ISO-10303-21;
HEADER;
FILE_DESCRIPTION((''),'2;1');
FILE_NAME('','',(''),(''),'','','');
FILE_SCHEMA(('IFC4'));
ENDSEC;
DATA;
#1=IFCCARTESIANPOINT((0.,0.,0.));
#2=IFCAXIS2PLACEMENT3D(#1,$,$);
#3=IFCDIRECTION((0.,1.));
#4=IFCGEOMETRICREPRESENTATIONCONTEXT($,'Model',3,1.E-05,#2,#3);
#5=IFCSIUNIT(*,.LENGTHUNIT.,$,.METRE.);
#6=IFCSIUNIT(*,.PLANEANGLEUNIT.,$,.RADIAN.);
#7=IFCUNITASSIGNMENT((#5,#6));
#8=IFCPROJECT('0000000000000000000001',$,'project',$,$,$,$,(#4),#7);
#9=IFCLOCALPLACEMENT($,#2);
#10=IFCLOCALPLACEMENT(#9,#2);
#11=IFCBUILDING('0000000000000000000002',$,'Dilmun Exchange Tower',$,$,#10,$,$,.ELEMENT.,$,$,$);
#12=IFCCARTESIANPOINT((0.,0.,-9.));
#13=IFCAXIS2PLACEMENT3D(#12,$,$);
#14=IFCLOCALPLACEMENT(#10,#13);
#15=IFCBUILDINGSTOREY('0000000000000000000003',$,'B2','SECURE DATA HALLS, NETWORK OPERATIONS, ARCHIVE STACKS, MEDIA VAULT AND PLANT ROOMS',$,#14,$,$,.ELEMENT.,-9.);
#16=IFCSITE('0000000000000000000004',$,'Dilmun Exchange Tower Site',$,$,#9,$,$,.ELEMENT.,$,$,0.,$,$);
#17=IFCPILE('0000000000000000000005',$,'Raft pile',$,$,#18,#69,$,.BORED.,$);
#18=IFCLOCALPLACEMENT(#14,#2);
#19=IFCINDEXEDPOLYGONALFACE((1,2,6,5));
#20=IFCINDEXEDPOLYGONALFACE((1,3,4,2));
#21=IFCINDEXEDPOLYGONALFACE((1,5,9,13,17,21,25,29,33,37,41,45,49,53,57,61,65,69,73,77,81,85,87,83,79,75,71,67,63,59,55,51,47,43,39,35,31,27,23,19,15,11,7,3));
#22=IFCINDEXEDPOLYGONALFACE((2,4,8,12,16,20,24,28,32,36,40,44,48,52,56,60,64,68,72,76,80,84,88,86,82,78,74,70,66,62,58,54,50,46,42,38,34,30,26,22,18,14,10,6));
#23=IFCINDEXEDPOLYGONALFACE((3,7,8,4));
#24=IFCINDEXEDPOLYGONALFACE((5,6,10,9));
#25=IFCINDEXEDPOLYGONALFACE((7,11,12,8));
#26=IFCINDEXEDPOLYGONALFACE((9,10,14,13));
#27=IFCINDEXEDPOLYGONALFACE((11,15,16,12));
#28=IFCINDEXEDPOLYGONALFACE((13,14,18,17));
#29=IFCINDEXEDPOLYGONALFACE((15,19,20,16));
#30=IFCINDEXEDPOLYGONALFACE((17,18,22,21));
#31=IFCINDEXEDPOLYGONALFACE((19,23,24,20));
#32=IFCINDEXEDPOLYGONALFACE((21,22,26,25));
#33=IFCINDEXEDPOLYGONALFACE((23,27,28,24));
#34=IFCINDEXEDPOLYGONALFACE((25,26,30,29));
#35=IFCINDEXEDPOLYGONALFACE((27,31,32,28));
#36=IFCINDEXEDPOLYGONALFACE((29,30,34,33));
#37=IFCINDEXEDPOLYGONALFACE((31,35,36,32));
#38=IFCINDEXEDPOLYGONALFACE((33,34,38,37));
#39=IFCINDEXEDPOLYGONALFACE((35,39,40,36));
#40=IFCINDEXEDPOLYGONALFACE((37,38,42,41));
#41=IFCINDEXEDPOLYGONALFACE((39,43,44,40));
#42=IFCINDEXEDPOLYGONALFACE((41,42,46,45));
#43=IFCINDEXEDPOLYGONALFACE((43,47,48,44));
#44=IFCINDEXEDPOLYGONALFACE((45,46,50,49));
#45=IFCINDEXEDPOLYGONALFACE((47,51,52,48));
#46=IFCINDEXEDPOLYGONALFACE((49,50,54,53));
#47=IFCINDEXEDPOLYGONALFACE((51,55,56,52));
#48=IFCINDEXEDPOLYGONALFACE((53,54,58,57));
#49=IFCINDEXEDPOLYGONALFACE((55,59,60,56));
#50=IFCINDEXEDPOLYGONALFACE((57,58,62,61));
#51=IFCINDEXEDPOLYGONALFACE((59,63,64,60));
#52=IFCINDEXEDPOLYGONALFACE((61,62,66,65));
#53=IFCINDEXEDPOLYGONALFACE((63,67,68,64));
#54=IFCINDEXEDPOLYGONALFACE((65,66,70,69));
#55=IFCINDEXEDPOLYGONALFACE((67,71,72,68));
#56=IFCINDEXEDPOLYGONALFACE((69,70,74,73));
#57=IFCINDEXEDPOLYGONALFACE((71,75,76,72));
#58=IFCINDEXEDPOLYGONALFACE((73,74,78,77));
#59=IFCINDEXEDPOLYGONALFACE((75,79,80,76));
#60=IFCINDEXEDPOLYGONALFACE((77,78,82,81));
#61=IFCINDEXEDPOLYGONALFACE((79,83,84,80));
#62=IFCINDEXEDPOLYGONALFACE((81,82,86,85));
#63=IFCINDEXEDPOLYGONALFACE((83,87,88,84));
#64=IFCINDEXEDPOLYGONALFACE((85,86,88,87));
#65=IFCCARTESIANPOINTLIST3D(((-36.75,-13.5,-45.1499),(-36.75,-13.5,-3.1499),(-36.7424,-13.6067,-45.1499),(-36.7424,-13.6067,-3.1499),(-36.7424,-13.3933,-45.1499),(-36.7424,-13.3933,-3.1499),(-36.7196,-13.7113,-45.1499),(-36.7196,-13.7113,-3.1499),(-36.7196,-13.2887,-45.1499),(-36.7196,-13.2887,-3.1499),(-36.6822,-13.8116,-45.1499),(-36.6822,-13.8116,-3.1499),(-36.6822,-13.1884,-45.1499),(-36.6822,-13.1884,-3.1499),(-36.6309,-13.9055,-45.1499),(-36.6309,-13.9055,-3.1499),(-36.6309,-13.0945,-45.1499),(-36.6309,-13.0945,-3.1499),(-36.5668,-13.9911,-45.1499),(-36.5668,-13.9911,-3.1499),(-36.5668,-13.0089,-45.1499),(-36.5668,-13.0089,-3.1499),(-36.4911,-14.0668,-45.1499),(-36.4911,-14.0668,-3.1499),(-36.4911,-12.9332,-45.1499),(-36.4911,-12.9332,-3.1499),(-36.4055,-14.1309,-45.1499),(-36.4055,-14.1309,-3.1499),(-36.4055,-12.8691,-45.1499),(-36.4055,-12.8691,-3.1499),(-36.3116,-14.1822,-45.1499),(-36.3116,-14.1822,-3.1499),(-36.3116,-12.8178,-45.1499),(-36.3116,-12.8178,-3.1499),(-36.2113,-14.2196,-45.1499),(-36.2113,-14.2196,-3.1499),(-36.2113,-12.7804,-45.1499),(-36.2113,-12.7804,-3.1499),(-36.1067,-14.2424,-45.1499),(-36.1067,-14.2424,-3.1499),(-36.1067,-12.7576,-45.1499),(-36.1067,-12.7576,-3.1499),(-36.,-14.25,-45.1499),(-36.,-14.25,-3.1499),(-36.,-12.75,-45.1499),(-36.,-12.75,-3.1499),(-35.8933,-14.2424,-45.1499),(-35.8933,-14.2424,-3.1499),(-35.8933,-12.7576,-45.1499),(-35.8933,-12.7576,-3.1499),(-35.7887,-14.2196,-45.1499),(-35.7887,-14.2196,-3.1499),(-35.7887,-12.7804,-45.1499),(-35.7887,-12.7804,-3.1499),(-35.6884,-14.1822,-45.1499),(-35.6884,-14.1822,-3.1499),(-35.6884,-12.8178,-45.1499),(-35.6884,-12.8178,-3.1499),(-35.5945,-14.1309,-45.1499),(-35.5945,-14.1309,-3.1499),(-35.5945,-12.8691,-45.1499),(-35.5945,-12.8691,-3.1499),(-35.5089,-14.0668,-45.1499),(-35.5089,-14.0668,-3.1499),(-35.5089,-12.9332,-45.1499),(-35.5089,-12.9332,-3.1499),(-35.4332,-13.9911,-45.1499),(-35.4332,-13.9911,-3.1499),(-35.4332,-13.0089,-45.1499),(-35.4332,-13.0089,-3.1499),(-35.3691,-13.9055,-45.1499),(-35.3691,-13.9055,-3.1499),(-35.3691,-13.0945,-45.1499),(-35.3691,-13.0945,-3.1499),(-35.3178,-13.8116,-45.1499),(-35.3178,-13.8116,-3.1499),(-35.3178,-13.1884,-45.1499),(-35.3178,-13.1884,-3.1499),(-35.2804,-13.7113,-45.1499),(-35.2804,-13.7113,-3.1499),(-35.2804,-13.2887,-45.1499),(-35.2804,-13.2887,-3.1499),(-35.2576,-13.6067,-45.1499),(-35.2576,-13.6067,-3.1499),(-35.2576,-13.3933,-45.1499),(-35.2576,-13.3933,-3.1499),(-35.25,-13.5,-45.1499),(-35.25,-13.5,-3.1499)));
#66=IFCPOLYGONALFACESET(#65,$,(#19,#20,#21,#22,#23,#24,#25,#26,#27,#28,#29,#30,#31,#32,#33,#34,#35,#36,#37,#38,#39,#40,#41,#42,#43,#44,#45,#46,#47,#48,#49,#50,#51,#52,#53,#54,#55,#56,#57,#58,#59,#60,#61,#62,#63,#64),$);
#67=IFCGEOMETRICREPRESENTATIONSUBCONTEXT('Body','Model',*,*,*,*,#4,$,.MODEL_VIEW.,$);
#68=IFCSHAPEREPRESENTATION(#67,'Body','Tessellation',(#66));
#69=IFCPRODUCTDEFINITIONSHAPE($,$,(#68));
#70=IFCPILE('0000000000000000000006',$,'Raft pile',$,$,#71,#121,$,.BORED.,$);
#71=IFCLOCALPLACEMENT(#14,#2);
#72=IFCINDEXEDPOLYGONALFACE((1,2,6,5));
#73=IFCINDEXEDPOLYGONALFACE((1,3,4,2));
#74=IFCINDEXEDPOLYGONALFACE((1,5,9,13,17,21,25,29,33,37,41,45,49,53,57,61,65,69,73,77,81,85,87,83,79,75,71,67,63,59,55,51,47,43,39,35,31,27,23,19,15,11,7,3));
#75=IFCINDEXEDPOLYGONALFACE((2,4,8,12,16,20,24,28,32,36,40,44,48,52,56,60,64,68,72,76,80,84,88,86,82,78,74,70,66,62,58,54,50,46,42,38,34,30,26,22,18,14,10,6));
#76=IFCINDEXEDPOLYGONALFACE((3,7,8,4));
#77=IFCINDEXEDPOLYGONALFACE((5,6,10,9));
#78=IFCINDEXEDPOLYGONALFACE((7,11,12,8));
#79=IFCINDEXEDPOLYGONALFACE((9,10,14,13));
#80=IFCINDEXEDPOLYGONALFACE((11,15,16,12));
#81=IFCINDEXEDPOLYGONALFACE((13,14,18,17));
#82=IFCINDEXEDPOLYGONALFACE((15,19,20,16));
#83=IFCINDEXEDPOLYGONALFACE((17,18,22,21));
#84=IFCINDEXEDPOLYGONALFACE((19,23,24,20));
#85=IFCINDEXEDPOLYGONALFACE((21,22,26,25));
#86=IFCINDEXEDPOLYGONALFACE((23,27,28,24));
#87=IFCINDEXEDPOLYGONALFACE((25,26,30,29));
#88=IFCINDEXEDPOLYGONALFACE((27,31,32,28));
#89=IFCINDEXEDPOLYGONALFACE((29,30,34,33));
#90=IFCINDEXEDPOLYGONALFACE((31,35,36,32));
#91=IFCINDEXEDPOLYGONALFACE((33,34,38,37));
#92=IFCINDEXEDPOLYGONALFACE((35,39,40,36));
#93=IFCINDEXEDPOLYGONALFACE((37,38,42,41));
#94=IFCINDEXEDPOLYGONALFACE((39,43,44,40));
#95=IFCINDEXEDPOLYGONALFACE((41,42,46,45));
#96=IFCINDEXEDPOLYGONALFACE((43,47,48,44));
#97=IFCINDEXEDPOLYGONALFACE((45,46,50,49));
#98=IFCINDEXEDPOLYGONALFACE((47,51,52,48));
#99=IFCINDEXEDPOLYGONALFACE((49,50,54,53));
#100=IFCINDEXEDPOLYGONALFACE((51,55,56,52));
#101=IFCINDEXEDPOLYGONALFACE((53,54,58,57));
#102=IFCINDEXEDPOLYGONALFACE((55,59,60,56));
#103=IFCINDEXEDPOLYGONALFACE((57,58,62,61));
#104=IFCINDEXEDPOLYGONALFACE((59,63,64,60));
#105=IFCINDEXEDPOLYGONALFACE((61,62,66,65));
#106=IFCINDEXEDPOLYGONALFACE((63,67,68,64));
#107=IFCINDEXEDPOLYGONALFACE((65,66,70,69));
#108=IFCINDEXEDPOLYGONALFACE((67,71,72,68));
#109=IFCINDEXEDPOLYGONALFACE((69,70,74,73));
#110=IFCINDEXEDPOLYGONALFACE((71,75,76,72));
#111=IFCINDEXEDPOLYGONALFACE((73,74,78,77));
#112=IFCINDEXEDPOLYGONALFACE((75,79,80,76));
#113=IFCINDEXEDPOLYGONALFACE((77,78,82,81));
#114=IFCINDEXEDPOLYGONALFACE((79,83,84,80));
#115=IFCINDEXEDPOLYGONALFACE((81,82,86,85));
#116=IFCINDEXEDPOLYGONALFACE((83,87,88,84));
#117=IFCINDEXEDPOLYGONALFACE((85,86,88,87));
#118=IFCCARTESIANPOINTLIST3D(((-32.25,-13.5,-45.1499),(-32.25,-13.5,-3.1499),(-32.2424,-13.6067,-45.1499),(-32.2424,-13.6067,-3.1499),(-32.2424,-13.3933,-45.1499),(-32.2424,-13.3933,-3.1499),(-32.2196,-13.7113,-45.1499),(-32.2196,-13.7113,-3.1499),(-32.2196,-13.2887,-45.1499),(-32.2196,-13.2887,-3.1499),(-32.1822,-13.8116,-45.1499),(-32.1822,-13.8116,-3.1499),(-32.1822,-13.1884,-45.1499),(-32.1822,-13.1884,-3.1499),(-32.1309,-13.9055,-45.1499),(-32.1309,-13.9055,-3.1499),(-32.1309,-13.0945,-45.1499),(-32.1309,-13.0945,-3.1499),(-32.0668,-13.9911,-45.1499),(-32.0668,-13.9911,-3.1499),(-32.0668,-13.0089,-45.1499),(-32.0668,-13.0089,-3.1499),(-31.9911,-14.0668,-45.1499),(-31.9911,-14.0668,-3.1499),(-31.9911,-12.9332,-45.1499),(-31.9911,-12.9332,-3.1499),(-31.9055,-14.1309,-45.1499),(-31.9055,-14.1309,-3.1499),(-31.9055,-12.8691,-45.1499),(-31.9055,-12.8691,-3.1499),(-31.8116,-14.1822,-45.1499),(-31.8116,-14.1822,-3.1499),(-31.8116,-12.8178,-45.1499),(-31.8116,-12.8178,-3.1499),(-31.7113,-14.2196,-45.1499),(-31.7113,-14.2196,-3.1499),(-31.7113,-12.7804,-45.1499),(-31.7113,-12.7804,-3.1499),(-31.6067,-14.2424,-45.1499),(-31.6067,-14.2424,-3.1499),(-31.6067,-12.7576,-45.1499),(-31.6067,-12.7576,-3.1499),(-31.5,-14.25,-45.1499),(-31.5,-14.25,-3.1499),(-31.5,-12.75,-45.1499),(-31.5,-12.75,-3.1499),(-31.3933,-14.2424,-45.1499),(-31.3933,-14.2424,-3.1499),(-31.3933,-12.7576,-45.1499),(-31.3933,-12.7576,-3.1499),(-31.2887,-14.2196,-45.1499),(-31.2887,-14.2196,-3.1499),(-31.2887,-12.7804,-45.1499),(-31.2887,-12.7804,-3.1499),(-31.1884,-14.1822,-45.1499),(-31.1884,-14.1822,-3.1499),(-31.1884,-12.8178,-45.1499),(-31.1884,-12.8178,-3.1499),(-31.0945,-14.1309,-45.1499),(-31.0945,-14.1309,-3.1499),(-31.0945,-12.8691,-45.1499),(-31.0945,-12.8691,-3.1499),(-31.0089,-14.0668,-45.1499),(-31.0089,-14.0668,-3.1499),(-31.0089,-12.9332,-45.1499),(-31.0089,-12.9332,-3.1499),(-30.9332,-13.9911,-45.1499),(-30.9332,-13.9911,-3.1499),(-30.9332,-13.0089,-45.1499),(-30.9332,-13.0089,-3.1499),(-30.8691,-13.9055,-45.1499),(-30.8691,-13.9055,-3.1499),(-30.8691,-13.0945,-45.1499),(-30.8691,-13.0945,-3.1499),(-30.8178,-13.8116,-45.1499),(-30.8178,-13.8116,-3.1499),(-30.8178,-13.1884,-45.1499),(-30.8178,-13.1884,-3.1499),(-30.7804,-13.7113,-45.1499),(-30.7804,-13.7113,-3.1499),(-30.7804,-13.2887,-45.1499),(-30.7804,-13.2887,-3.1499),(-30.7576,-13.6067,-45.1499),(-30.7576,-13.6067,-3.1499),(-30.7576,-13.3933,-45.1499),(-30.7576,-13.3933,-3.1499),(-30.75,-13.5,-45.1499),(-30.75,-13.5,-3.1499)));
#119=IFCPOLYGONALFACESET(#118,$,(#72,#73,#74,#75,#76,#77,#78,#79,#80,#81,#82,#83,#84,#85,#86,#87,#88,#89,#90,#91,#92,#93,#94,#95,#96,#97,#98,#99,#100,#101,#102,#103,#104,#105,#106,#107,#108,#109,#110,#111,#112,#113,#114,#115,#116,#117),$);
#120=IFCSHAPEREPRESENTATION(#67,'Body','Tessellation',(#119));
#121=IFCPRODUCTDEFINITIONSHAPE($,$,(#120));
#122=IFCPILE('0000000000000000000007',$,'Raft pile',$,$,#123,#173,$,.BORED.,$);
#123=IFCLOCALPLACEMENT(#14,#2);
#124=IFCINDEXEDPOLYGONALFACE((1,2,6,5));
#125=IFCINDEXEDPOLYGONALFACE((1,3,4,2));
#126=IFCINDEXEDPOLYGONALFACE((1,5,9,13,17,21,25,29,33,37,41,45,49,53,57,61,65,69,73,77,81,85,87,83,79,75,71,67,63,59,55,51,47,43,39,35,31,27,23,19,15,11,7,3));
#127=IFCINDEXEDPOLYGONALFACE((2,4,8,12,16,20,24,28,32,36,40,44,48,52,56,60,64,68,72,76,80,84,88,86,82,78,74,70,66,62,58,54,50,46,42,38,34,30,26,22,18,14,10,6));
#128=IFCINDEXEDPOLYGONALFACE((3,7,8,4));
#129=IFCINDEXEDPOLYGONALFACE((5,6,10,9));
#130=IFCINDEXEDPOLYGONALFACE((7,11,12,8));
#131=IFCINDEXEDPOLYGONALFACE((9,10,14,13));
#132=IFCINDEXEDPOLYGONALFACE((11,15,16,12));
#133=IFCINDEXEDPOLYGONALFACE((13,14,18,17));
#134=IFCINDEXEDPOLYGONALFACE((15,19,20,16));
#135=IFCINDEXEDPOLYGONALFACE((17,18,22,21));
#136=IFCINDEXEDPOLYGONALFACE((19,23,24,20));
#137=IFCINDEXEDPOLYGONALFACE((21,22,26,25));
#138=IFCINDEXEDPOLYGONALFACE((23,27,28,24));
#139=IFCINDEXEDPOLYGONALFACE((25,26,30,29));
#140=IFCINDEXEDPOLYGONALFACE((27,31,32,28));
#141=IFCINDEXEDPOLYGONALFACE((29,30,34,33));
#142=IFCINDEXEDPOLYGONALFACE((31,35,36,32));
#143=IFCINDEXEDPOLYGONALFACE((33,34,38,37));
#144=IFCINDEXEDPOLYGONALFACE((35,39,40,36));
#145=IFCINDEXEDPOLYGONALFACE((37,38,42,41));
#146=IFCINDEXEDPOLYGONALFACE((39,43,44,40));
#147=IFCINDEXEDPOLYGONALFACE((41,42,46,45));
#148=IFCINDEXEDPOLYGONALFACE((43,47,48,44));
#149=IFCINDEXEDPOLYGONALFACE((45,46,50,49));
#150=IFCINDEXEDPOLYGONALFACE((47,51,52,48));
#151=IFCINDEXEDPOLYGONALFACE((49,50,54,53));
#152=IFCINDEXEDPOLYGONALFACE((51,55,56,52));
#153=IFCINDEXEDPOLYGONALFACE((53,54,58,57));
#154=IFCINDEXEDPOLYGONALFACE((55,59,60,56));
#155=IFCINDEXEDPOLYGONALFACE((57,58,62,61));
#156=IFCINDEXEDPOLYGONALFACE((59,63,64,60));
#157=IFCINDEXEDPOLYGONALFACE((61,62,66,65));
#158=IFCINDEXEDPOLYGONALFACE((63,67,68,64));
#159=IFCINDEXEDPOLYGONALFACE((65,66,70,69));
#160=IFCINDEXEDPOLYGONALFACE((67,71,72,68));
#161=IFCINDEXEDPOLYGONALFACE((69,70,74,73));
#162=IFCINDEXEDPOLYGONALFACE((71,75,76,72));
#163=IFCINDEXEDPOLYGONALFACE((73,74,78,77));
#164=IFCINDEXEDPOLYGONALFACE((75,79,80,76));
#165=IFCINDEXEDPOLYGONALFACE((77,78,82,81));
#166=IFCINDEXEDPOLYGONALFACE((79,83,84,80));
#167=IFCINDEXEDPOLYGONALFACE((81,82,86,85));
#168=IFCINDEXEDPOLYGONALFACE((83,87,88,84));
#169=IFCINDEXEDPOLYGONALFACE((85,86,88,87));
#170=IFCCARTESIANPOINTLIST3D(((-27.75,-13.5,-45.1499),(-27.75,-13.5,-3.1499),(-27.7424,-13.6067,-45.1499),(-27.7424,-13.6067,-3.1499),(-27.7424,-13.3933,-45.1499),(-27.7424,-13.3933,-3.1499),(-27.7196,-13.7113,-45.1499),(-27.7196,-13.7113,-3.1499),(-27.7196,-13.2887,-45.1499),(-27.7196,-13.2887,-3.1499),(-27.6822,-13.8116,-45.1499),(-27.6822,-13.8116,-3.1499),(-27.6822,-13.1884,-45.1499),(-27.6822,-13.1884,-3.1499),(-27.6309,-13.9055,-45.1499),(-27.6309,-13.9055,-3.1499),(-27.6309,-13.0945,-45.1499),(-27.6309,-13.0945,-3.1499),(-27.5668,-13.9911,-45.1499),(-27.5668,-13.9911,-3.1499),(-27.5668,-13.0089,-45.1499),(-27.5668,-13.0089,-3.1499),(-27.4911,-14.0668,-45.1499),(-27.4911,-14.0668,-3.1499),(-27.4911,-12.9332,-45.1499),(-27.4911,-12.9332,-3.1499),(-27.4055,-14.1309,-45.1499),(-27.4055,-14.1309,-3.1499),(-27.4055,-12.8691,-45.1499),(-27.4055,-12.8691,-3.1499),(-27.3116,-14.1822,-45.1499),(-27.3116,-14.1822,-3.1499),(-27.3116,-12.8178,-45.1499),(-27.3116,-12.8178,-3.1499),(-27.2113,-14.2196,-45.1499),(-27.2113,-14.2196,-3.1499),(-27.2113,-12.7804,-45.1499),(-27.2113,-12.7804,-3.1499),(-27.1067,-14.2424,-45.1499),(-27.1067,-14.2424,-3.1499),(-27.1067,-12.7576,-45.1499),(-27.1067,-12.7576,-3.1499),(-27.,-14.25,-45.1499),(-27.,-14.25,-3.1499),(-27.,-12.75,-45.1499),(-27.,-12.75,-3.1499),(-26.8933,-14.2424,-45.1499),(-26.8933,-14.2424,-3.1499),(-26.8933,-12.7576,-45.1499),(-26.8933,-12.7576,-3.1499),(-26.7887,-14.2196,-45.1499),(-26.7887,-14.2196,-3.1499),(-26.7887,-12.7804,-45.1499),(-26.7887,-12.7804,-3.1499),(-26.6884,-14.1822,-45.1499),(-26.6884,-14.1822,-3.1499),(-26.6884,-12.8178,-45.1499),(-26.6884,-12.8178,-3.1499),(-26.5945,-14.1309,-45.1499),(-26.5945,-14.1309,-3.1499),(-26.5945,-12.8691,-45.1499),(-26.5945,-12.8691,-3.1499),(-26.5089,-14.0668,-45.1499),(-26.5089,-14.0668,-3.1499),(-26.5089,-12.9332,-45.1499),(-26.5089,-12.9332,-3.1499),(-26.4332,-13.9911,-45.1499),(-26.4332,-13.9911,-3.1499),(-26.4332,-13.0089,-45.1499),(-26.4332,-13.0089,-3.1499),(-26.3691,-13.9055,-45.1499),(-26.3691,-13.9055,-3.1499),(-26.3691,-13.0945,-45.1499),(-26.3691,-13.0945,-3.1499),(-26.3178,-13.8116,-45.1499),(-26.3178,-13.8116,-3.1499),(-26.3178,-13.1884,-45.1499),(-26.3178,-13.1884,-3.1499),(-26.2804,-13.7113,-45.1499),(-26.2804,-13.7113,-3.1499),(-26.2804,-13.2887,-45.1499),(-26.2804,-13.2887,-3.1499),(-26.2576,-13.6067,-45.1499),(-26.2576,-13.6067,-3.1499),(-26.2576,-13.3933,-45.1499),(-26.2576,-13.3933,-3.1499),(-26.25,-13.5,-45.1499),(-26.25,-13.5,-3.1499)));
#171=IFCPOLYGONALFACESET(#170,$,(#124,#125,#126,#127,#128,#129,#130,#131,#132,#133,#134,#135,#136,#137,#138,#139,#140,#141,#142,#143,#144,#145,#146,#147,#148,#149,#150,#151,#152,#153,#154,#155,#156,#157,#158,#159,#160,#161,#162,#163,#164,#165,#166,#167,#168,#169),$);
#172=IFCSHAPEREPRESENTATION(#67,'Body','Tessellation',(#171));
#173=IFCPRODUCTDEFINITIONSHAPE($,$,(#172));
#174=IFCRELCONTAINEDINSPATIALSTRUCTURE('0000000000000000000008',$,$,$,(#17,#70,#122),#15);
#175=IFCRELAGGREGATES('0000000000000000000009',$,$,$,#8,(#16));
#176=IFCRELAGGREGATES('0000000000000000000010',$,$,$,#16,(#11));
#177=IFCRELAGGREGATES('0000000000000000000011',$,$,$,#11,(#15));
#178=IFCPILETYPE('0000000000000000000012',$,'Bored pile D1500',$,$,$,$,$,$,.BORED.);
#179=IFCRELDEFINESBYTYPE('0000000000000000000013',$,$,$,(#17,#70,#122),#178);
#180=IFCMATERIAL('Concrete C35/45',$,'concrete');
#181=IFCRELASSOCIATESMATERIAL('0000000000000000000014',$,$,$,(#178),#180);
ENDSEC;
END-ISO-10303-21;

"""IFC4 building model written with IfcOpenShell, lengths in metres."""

from ifc_helpers import new_model, si_unit, direction, frame, origin, origin_2d, place, context, subcontext, project, spatial, circle, extrude, material, material_profile, profile_set, type_object, element, save


model = new_model("IFC4")

# Units and contexts
model_context = context("Model", 3, precision=1e-05, world=origin(), true_north=direction((0.0, 1.0)))
body_context = subcontext(model_context, "Body", "Model", "MODEL_VIEW")
ifc_project = project(units=[si_unit("LENGTHUNIT", "METRE"), si_unit("PLANEANGLEUNIT", "RADIAN")], contexts=[model_context])

# Site, building, storey
site_placement = place(None, origin())
site = spatial("IfcSite", under=ifc_project, at=site_placement, Name="Dilmun Exchange Tower Site", CompositionType="ELEMENT", RefElevation=0.0)
building_placement = place(site_placement, origin())
building = spatial("IfcBuilding", under=site, at=building_placement, Name="Dilmun Exchange Tower", CompositionType="ELEMENT")
storey_placement = place(building_placement, frame((0.0, 0.0, -9.0)))
storey = spatial("IfcBuildingStorey", under=building, at=storey_placement, Name="B2", Description="SECURE DATA HALLS, NETWORK OPERATIONS, ARCHIVE STACKS, MEDIA VAULT AND PLANT ROOMS", CompositionType="ELEMENT", Elevation=-9.0)

# Piles
ifc_material_1 = material(Name="Concrete C35/45", Category="concrete")
ifc_material_profile_1 = material_profile(ifc_material_1, circle(Radius=0.75, at=origin_2d()), Name="D1500")
ifc_profile_set_1 = profile_set([ifc_material_profile_1], Name="Concrete C35/45")
pile_type = type_object("IfcPileType", Name="Bored pile D1500", PredefinedType="BORED", material=ifc_profile_set_1)
for number, where, z_axis, x_axis, name in (
    (1, (-36.0, -13.5, -3.1499), (0.0, 0.0, -1.0), (1.0, 0.0, 0.0), "Raft pile"),
    (2, (-31.5, -13.5, -3.1499), (0.0, 0.0, -1.0), (1.0, 0.0, 0.0), "Raft pile"),
    (3, (-27.0, -13.5, -3.1499), (0.0, 0.0, -1.0), (1.0, 0.0, 0.0), "Raft pile"),
):
    element("IfcPile", number, at=place(storey_placement, frame(where, z_axis=z_axis, x_axis=x_axis)), inside=storey, type_object=pile_type, Name=name, PredefinedType="BORED", context=body_context, shape_type="SweptSolid", body=[
        extrude(circle(Radius=0.75, at=origin_2d()), origin(), (0.0, 0.0, 1.0), 42.0),
    ])

save(model, "model.ifc")
